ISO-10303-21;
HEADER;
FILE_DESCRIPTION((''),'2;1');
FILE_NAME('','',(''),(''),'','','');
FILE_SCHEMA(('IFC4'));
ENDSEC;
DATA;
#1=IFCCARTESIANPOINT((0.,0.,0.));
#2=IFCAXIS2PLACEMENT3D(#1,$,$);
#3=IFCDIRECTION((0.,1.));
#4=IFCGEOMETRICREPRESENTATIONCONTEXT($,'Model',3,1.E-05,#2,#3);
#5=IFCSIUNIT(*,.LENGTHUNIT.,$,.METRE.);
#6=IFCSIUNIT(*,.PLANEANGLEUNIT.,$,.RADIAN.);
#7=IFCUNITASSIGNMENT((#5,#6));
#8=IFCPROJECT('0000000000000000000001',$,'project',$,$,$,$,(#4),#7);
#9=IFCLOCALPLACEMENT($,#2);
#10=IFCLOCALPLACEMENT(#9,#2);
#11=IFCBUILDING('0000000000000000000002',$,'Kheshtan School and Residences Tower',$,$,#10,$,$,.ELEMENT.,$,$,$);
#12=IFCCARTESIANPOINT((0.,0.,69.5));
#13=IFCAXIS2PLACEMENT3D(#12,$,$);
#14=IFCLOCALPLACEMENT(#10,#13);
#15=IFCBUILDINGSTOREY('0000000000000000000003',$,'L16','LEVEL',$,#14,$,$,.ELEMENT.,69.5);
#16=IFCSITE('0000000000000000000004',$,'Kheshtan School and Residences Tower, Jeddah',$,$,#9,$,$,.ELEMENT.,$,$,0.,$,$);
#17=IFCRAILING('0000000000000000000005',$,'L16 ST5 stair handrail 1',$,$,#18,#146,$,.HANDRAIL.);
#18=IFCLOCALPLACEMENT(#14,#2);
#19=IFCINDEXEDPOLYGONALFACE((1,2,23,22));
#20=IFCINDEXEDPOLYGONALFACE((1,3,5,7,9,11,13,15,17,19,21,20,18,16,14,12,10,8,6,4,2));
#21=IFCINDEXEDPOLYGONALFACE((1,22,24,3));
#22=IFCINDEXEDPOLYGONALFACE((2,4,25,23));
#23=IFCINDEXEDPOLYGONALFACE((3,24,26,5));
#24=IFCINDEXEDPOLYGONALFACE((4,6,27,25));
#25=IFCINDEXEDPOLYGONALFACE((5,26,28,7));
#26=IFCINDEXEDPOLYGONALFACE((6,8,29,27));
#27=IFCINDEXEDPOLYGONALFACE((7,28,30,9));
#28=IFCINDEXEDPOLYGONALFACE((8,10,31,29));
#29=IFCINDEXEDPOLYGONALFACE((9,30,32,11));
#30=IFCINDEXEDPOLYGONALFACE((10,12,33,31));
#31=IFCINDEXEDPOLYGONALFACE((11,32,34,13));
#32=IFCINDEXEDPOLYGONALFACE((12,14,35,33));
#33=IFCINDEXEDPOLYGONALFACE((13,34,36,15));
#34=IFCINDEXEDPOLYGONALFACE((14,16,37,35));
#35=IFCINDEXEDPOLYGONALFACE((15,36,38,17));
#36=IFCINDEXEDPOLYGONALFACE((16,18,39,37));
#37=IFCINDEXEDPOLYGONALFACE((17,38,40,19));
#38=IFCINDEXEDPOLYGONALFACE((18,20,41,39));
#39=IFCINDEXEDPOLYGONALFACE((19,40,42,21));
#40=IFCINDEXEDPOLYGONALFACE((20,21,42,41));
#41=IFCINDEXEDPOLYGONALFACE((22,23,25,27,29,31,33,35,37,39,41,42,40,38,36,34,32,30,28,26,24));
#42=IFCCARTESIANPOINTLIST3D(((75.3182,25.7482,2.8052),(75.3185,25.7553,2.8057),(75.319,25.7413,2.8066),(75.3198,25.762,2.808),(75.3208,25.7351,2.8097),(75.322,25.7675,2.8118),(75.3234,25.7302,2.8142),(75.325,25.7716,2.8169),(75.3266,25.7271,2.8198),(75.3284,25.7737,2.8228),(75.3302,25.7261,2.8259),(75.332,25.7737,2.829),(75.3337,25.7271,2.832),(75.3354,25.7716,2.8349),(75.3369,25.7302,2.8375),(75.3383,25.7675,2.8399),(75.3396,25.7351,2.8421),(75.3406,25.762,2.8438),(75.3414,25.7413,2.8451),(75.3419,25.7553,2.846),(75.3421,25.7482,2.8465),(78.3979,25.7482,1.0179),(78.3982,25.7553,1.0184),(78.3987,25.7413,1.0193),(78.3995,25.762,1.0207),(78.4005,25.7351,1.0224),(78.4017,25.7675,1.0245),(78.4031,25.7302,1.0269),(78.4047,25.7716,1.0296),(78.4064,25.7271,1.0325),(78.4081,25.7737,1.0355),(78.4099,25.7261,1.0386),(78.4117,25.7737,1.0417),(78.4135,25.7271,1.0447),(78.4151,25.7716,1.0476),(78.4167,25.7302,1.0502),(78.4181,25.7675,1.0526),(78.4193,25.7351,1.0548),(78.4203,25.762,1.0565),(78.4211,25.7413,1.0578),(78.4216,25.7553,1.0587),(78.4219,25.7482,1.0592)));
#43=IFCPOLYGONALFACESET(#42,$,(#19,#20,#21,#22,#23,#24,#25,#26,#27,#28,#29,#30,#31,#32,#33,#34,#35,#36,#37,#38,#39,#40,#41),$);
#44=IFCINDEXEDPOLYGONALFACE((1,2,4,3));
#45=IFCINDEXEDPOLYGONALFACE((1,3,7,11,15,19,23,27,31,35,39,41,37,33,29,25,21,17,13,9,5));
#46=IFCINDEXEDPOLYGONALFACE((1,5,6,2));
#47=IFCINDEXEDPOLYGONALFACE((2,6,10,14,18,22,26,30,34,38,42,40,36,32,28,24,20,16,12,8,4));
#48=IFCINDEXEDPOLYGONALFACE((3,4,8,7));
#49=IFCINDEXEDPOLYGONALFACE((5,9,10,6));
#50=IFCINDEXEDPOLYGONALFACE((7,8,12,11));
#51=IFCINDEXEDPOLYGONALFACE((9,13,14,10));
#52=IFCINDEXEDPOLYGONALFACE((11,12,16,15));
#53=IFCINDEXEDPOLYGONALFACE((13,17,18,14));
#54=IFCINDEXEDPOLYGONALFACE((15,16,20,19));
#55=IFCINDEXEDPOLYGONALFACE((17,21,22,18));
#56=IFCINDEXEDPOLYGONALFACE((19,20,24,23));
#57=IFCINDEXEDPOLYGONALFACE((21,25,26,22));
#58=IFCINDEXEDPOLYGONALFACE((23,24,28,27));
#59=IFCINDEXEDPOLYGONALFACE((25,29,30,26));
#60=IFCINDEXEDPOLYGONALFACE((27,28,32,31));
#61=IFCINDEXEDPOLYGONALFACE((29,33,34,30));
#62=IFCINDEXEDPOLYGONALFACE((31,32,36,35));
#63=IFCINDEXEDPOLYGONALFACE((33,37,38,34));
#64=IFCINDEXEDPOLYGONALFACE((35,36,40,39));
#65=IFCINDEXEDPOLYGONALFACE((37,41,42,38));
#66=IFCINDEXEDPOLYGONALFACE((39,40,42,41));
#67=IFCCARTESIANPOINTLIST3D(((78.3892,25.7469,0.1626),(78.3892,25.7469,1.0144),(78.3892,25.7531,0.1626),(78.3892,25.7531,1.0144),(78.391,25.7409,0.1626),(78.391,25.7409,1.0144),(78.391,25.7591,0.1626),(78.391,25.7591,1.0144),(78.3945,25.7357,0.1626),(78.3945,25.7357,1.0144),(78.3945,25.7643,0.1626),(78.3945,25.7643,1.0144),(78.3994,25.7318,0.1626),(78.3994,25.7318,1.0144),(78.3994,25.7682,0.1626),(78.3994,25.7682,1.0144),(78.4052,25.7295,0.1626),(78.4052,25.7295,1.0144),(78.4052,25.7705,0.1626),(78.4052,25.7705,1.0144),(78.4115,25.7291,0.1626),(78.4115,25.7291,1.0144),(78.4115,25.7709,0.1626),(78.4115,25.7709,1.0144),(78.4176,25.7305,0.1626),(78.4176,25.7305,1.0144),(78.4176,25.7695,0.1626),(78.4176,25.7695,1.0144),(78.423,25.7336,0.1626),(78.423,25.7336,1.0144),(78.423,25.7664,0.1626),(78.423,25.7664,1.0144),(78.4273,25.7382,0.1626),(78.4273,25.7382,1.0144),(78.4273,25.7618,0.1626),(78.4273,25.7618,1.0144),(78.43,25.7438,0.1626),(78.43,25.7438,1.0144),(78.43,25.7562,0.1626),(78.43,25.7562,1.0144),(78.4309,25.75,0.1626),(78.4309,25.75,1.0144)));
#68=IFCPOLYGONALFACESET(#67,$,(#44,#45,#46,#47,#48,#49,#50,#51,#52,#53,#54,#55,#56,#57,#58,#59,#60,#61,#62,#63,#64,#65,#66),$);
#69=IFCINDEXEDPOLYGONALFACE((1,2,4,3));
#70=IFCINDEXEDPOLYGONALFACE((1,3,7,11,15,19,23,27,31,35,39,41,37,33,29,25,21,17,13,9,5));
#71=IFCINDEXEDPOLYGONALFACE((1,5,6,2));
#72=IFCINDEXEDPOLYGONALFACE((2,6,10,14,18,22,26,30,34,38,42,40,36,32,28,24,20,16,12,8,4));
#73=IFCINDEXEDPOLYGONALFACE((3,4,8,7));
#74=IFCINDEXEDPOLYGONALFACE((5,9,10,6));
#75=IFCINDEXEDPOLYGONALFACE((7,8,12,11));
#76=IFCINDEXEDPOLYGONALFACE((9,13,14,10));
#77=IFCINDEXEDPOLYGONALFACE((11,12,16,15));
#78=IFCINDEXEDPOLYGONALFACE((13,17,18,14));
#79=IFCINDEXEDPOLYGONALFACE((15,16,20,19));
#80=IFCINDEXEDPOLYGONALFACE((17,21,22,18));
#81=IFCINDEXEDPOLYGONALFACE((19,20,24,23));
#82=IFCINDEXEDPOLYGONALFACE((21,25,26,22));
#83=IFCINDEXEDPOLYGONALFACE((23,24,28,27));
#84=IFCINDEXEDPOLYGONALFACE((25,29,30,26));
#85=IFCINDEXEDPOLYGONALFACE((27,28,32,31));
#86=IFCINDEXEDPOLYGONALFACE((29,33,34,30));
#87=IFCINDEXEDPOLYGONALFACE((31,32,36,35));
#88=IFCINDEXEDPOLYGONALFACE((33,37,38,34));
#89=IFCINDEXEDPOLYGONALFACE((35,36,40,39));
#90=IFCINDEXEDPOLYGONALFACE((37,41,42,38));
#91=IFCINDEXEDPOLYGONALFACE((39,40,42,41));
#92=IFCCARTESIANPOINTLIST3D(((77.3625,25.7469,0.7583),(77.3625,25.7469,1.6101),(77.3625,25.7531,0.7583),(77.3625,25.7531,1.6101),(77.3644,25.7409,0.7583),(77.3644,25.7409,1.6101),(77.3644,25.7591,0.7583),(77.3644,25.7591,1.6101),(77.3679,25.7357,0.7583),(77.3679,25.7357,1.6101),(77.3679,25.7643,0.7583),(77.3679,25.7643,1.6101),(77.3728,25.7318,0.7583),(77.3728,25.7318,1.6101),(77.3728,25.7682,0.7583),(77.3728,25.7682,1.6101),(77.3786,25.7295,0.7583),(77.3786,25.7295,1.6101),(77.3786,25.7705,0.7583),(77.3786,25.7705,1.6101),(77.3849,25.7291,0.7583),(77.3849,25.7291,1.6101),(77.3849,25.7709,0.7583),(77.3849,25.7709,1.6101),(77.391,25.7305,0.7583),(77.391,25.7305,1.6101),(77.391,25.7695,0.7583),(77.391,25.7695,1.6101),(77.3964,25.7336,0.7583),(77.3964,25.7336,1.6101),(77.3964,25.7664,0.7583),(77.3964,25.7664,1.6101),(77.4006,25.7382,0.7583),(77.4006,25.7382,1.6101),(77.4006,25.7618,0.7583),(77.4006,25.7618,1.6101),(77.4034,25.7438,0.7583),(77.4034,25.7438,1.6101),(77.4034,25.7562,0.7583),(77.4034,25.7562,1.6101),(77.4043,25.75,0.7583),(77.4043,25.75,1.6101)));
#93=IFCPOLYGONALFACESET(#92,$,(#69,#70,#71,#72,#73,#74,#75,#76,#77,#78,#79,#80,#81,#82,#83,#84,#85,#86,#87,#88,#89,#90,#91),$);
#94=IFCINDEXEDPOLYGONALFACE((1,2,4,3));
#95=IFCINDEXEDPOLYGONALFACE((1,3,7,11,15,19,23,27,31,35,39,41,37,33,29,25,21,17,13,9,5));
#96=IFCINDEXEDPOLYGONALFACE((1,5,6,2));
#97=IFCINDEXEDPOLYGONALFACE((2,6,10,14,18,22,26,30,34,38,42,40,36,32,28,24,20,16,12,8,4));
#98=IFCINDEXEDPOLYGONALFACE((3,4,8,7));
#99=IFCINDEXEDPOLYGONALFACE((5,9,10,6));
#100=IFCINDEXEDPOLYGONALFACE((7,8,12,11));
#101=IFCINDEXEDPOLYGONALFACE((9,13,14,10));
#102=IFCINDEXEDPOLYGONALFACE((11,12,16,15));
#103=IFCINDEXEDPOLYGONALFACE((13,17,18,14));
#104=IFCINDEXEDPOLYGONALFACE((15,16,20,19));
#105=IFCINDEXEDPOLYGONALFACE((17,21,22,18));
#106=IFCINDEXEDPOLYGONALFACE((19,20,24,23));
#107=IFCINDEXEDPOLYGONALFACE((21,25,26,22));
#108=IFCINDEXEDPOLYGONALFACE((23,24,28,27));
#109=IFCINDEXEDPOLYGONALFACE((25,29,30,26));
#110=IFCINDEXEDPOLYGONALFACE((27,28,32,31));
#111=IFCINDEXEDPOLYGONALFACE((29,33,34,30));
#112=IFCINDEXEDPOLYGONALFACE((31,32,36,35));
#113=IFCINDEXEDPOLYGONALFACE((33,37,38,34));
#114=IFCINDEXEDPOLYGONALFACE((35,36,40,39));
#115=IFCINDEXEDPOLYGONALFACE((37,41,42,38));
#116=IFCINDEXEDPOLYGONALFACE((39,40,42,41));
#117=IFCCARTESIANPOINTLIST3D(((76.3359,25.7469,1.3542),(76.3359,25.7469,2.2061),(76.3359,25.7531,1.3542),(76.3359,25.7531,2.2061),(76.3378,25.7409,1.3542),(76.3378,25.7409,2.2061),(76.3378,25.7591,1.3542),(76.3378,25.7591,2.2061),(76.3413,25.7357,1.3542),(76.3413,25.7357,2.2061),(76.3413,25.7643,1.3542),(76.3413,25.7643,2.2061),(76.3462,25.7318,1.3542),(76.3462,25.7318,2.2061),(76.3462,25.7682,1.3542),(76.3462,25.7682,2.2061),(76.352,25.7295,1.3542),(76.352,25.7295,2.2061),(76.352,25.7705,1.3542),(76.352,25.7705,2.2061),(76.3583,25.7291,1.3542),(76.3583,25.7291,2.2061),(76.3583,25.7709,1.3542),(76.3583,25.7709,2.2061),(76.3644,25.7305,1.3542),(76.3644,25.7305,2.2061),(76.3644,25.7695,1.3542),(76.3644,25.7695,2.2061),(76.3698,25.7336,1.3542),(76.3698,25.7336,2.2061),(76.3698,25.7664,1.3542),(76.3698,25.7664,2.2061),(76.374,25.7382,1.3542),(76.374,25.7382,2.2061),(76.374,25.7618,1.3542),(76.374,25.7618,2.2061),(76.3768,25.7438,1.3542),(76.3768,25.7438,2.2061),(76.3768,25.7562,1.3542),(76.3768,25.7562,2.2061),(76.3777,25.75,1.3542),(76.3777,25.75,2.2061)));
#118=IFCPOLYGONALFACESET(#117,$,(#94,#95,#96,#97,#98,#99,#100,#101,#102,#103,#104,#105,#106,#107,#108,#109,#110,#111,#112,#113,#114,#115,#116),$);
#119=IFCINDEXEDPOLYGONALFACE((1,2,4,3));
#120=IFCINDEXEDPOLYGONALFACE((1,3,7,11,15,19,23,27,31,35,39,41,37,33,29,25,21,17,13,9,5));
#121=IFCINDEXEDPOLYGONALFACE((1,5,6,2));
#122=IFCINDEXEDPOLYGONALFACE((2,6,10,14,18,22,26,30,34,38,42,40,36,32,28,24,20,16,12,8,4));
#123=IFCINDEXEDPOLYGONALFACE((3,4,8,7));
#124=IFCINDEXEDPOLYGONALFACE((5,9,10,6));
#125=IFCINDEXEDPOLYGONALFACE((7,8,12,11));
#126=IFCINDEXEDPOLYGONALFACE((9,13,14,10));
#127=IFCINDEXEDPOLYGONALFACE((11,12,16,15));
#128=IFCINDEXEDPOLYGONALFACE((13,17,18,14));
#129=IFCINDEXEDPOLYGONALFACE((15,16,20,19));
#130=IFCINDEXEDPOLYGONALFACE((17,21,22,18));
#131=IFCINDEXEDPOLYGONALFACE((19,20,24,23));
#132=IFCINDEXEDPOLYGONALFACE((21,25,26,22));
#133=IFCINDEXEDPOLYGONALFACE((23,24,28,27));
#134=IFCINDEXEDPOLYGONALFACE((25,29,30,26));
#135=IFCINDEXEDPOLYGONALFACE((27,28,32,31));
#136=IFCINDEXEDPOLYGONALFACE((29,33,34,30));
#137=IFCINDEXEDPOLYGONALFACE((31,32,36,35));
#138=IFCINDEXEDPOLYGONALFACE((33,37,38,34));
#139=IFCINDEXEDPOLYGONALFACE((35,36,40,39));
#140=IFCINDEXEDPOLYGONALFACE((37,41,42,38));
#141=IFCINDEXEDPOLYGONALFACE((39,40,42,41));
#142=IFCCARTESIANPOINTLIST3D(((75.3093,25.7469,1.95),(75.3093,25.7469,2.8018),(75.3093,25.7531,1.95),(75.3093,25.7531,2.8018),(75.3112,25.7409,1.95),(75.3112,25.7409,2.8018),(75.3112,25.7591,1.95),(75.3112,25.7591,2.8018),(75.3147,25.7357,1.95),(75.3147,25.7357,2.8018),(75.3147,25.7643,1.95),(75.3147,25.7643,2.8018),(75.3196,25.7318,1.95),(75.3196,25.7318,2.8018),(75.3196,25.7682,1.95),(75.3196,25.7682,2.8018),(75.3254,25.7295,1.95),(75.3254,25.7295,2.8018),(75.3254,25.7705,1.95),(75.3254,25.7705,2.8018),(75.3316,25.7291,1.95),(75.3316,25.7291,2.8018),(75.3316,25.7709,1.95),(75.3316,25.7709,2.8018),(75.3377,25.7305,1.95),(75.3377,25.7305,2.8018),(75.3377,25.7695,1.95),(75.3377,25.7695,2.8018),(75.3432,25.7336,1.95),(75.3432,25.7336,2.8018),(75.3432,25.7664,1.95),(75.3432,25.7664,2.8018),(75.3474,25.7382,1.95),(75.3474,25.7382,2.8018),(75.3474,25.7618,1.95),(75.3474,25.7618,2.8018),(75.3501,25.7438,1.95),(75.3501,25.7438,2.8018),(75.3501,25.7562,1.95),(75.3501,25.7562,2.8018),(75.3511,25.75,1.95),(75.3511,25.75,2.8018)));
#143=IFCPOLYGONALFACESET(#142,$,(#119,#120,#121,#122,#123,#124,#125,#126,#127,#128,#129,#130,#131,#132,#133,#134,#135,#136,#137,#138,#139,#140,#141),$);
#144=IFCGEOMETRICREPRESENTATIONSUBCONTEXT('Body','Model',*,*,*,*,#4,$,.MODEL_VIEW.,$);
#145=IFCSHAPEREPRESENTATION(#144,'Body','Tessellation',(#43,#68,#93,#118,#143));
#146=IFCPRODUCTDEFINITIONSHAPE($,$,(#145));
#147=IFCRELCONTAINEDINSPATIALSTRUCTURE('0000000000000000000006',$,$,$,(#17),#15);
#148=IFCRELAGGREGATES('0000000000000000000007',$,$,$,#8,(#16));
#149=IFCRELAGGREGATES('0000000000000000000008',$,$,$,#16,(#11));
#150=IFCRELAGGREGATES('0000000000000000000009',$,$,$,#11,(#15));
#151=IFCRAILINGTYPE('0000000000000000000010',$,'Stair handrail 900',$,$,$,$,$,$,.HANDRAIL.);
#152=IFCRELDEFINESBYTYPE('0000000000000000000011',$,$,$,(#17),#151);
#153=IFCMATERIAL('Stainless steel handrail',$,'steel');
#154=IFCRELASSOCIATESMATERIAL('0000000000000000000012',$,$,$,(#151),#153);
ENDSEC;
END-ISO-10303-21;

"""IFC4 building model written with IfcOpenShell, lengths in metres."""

from ifc_helpers import new_model, si_unit, direction, frame, origin, origin_2d, place, context, subcontext, project, spatial, circle, extrude, material, type_object, element, save


model = new_model("IFC4")

# Units and contexts
model_context = context("Model", 3, precision=1e-05, world=origin(), true_north=direction((0.0, 1.0)))
body_context = subcontext(model_context, "Body", "Model", "MODEL_VIEW")
ifc_project = project(units=[si_unit("LENGTHUNIT", "METRE"), si_unit("PLANEANGLEUNIT", "RADIAN")], contexts=[model_context])

# Site, building, storey
site_placement = place(None, origin())
site = spatial("IfcSite", under=ifc_project, at=site_placement, Name="Kheshtan School and Residences Tower, Jeddah", CompositionType="ELEMENT", RefElevation=0.0)
building_placement = place(site_placement, origin())
building = spatial("IfcBuilding", under=site, at=building_placement, Name="Kheshtan School and Residences Tower", CompositionType="ELEMENT")
storey_placement = place(building_placement, frame((0.0, 0.0, 69.5)))
storey = spatial("IfcBuildingStorey", under=building, at=storey_placement, Name="L16", Description="LEVEL", CompositionType="ELEMENT", Elevation=69.5)

# Railing
ifc_material_1 = material(Name="Stainless steel handrail", Category="steel")
railing_type_1 = type_object("IfcRailingType", Name="Stair handrail 900", PredefinedType="HANDRAIL", material=ifc_material_1)
railing_1_placement = place(storey_placement, frame((78.4099, 25.75, 0.1626)))
element("IfcRailing", 1, at=railing_1_placement, inside=storey, type_object=railing_type_1, Name="L16 ST5 stair handrail 1", PredefinedType="HANDRAIL", context=body_context, shape_type="SweptSolid", body=[
    extrude(circle(Radius=0.0239, at=origin_2d()), frame((0.0, 0.0, 0.876), z_axis=(-0.864903, 0.0, 0.501939), x_axis=(0.0, -1.0, 0.0)), (0.0, 0.0, 1.0), 3.5608),
    extrude(circle(Radius=0.021, at=origin_2d()), origin(), (0.0, 0.0, 1.0), 0.8518),
    extrude(circle(Radius=0.021, at=origin_2d()), frame((-1.0266, 0.0, 0.5957)), (0.0, 0.0, 1.0), 0.8518),
    extrude(circle(Radius=0.021, at=origin_2d()), frame((-2.0532, 0.0, 1.1917)), (0.0, 0.0, 1.0), 0.8518),
    extrude(circle(Radius=0.021, at=origin_2d()), frame((-3.0798, 0.0, 1.7874)), (0.0, 0.0, 1.0), 0.8518),
])

save(model, "model.ifc")
